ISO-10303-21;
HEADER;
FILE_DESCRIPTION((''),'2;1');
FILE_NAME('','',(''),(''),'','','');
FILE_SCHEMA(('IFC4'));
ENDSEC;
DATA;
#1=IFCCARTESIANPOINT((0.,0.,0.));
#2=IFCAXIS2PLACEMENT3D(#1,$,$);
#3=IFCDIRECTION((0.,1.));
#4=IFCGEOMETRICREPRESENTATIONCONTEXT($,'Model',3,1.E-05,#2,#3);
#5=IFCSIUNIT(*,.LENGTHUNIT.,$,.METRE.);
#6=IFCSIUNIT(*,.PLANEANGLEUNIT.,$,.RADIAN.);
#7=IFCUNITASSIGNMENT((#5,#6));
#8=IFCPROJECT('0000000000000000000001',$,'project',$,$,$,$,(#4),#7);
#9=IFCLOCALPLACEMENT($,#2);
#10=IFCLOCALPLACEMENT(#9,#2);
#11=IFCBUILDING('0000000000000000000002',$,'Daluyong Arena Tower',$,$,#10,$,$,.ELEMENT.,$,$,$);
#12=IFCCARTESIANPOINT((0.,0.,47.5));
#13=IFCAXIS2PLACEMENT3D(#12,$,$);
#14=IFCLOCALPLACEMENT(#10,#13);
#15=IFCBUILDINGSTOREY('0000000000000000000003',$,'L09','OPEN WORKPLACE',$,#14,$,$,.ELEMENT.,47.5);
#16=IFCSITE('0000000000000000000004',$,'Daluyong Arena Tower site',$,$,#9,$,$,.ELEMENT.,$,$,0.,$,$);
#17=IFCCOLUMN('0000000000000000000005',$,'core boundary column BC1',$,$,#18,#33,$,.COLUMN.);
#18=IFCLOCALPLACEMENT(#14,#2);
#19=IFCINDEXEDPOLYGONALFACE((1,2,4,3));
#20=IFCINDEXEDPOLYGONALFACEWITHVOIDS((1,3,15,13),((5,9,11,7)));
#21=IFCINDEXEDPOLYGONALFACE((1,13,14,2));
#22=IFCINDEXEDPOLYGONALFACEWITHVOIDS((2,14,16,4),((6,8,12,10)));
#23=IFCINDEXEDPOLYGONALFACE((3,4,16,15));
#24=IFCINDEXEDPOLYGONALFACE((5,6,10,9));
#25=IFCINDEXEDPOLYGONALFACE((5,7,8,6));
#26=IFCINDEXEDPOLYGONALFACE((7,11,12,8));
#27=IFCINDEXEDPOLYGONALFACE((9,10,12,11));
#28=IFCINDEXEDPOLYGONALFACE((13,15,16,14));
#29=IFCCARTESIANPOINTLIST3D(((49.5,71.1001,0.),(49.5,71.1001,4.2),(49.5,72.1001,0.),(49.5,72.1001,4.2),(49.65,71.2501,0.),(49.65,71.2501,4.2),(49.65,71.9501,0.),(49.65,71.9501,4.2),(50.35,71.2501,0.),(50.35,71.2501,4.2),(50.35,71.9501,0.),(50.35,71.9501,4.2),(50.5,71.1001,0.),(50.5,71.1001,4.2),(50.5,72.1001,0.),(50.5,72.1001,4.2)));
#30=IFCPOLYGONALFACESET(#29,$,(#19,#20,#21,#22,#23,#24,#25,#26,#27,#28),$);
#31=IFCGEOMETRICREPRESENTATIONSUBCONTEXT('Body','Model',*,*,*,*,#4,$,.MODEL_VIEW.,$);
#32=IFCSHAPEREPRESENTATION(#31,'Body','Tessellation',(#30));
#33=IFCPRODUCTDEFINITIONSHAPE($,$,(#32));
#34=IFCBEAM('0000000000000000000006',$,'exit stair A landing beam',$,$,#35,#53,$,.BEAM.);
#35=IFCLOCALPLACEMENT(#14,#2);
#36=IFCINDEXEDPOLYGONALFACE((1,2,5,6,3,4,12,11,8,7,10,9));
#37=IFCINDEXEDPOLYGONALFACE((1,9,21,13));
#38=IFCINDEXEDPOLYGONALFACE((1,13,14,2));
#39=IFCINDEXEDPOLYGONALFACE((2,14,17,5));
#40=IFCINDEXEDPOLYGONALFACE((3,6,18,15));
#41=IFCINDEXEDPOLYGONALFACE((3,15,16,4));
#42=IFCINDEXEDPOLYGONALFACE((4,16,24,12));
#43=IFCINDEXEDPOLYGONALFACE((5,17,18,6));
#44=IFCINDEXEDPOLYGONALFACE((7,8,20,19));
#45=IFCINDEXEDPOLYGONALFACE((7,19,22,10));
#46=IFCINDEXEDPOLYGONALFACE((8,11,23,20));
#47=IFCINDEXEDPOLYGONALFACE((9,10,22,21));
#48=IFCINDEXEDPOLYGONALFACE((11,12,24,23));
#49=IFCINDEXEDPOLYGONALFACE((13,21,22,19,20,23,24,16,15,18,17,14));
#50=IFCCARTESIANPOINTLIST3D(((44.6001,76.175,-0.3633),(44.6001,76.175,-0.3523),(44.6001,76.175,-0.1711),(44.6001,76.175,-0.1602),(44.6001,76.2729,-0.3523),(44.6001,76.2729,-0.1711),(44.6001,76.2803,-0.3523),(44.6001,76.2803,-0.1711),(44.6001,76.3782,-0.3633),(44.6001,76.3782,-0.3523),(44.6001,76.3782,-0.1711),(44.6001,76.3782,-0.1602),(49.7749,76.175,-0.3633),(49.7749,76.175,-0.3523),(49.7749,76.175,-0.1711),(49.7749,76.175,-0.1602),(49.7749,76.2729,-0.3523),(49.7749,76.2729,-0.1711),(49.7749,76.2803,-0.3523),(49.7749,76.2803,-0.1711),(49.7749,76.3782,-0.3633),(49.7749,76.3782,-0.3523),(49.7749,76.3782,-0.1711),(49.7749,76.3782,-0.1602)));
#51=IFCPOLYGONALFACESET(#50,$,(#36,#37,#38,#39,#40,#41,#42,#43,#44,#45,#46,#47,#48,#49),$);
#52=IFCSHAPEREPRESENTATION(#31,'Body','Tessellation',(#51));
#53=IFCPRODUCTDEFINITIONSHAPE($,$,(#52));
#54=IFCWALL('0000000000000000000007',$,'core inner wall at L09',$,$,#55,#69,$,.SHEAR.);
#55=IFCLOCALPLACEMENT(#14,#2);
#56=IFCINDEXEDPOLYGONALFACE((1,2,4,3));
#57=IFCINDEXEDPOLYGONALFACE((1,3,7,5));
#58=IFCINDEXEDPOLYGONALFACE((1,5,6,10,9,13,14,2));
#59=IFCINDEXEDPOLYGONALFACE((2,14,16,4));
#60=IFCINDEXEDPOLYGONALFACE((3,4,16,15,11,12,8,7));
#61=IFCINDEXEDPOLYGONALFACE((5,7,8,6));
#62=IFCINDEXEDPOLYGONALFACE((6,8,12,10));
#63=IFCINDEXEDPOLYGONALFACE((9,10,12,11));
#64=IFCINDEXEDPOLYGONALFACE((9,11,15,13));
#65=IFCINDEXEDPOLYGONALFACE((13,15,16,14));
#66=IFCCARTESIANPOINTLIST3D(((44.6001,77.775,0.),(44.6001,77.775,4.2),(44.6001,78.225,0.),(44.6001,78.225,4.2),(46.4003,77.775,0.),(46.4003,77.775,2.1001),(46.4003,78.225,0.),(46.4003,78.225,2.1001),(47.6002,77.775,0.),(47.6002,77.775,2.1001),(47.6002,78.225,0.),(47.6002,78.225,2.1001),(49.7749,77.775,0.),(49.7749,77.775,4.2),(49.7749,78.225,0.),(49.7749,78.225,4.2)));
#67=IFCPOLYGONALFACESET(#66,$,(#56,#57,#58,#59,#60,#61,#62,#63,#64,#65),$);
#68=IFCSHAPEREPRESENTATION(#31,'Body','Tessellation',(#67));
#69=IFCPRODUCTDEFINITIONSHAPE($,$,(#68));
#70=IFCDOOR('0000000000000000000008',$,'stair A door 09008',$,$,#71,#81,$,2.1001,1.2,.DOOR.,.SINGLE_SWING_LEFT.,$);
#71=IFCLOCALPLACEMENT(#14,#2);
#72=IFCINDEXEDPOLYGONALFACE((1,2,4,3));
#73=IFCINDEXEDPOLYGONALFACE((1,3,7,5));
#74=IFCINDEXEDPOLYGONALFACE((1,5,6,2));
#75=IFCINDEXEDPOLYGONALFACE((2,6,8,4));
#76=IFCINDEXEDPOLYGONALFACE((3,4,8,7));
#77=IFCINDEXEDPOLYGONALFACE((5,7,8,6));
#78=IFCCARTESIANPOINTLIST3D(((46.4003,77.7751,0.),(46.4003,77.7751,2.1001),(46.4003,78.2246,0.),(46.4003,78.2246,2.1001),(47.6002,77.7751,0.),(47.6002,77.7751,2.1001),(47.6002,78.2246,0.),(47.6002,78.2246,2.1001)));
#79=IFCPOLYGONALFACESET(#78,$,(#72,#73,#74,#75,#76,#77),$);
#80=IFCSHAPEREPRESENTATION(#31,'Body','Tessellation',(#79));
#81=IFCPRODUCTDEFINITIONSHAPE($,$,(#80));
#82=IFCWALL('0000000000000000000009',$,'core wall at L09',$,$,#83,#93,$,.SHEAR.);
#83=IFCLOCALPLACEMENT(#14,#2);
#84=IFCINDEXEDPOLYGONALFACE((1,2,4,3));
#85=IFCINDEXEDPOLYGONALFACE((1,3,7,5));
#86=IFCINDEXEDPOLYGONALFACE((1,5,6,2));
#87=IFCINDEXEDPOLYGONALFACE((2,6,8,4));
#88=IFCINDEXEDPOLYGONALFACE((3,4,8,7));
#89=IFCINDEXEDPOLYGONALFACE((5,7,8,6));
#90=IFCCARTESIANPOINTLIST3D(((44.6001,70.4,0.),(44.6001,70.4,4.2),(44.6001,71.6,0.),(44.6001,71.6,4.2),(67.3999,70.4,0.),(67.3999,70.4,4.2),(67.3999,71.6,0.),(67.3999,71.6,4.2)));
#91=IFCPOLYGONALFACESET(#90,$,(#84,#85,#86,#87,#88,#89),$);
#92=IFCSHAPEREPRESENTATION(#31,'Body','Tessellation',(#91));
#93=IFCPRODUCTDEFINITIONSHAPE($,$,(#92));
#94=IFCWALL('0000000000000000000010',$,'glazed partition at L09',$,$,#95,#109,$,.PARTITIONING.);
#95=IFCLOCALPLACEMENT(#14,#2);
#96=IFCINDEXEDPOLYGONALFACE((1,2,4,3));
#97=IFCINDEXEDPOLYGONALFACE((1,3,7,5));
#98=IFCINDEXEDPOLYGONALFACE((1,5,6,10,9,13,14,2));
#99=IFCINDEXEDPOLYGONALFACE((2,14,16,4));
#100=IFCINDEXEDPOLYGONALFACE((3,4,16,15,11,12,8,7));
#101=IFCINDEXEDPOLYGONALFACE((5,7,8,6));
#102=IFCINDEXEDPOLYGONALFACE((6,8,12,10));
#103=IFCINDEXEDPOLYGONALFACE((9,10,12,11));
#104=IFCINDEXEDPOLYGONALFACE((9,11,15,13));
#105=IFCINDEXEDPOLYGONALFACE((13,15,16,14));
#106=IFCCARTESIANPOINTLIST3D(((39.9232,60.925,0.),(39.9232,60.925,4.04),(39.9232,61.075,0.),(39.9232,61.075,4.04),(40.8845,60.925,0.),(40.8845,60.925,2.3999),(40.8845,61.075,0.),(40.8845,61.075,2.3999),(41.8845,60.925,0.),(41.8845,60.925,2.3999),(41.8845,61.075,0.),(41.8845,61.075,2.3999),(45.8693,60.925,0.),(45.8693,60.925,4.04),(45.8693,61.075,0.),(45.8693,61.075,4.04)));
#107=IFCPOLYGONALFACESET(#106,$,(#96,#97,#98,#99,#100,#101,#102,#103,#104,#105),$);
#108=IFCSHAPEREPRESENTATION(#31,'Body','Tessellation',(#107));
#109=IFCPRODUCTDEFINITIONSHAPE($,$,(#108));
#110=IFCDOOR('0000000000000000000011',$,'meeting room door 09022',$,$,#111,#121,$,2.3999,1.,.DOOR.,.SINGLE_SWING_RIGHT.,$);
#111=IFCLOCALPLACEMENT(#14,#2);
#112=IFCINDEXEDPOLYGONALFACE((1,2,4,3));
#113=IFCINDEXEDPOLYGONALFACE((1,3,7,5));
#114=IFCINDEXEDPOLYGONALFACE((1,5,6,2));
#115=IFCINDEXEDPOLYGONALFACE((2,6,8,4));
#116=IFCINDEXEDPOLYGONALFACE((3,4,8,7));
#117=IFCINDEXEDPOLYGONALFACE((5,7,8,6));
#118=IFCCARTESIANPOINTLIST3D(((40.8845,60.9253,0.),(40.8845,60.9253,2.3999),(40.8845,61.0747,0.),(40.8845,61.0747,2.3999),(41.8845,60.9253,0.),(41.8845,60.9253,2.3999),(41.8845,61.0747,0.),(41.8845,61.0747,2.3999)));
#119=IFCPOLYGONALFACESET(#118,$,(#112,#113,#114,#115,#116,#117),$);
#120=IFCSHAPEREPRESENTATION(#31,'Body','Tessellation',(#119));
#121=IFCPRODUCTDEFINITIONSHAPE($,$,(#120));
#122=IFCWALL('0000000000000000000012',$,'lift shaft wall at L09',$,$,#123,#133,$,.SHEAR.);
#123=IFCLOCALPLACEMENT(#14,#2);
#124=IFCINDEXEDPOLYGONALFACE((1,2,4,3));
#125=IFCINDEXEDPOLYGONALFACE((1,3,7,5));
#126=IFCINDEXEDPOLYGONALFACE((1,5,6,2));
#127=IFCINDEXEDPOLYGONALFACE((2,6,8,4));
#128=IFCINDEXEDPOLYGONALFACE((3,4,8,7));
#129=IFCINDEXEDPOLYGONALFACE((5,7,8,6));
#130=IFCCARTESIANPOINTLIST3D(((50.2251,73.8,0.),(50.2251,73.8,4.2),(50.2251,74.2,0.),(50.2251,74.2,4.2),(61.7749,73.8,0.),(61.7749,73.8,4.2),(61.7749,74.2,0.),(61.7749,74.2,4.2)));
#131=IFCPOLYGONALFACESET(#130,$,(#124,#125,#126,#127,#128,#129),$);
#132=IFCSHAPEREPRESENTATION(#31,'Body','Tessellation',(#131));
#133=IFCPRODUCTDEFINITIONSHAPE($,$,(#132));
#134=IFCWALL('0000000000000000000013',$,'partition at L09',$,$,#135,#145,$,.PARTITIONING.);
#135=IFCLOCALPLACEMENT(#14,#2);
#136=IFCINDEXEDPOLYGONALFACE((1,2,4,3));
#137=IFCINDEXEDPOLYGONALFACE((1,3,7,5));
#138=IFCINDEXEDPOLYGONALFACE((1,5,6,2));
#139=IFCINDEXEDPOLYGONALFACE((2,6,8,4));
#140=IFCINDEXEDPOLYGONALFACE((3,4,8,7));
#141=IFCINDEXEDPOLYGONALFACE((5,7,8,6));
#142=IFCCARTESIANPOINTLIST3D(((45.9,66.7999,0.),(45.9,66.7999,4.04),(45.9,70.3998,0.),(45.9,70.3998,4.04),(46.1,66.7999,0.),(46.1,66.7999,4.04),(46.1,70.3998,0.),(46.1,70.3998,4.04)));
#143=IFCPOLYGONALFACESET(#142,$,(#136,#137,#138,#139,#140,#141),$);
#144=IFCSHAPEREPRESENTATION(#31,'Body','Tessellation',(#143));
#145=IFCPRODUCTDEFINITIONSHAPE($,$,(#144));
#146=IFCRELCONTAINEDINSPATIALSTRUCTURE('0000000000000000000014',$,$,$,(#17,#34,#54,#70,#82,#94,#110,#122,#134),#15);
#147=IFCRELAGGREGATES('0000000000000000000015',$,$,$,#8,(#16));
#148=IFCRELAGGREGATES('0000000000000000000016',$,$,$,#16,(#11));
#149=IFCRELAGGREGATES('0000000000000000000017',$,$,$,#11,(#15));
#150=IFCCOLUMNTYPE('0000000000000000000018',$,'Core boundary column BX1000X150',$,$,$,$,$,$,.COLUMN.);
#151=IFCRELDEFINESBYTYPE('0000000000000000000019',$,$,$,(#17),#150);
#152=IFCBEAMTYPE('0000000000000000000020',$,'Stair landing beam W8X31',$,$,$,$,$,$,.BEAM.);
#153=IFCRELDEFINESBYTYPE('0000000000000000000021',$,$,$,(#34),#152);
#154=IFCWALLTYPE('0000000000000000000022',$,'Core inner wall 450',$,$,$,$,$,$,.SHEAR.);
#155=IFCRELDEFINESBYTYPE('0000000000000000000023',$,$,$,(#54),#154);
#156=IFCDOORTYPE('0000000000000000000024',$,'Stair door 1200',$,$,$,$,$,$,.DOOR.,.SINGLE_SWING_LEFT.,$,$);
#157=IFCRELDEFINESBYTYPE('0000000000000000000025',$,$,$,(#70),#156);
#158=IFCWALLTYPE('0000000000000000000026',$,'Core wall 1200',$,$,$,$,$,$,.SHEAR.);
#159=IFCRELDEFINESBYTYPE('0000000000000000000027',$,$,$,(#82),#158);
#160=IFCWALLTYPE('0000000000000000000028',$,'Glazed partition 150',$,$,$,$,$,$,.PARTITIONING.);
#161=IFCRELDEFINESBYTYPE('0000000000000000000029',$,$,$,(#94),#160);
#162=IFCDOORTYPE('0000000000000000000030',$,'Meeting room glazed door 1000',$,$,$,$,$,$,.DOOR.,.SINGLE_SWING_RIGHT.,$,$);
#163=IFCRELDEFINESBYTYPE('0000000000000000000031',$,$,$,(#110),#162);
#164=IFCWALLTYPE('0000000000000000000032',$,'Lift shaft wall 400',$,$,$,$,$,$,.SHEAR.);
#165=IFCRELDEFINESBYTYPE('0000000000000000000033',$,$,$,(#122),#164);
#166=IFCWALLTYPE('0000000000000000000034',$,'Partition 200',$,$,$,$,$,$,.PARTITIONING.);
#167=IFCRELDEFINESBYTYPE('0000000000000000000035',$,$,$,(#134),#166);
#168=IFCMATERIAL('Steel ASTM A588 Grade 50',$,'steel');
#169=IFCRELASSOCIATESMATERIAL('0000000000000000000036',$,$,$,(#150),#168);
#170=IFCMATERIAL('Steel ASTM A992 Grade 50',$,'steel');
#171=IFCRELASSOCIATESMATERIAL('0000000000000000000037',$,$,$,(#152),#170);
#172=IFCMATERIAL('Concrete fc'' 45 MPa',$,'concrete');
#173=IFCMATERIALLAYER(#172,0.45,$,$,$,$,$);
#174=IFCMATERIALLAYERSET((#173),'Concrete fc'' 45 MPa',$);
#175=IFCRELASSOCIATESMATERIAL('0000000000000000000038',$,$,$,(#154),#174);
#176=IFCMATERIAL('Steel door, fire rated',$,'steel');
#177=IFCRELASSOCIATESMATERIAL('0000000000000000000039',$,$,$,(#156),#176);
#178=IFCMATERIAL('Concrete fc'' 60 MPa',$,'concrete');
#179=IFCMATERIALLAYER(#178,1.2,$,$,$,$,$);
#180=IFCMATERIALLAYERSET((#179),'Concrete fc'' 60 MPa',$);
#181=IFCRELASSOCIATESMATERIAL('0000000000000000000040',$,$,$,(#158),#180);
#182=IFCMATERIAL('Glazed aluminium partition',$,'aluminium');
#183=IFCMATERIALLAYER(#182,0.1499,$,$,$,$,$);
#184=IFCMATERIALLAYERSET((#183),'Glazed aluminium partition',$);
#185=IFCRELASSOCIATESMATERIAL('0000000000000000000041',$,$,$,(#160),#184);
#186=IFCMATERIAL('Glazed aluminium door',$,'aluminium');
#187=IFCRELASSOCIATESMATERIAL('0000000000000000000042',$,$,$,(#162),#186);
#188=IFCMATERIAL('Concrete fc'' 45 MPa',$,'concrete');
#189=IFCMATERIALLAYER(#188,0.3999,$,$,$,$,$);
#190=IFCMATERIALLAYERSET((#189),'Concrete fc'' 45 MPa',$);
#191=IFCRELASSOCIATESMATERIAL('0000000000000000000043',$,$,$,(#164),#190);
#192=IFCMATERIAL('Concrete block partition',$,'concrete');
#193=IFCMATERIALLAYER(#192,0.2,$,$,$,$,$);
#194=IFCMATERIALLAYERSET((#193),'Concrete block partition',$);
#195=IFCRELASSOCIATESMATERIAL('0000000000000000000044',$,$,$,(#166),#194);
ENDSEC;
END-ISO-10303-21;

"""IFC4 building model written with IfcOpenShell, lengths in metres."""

from ifc_helpers import new_model, si_unit, direction, frame, frame_2d, origin, origin_2d, place, context, subcontext, project, spatial, rectangle, hollow_rectangle, i_section, extrude, material, layer, layer_set, material_profile, profile_set, type_object, element, fill, save


model = new_model("IFC4")

# Units and contexts
model_context = context("Model", 3, precision=1e-05, world=origin(), true_north=direction((0.0, 1.0)))
body_context = subcontext(model_context, "Body", "Model", "MODEL_VIEW")
ifc_project = project(units=[si_unit("LENGTHUNIT", "METRE"), si_unit("PLANEANGLEUNIT", "RADIAN")], contexts=[model_context])

# Site, building, storey
site_placement = place(None, origin())
site = spatial("IfcSite", under=ifc_project, at=site_placement, Name="Daluyong Arena Tower site", CompositionType="ELEMENT", RefElevation=0.0)
building_placement = place(site_placement, origin())
building = spatial("IfcBuilding", under=site, at=building_placement, Name="Daluyong Arena Tower", CompositionType="ELEMENT")
storey_placement = place(building_placement, frame((0.0, 0.0, 47.5)))
storey = spatial("IfcBuildingStorey", under=building, at=storey_placement, Name="L09", Description="OPEN WORKPLACE", CompositionType="ELEMENT", Elevation=47.5)

# Column
ifc_material_1 = material(Name="Steel ASTM A588 Grade 50", Category="steel")
ifc_material_profile_1 = material_profile(ifc_material_1, hollow_rectangle(XDim=1.0, YDim=1.0, WallThickness=0.15, at=origin_2d()))
ifc_profile_set_1 = profile_set([ifc_material_profile_1], Name="Steel ASTM A588 Grade 50")
column_type = type_object("IfcColumnType", Name="Core boundary column BX1000X150", PredefinedType="COLUMN", material=ifc_profile_set_1)
column_placement = place(storey_placement, frame((50.0, 71.6001, 0.0), z_axis=(0.0, 0.0, 1.0), x_axis=(1.0, 0.0, 0.0)))
element("IfcColumn", 1, at=column_placement, inside=storey, type_object=column_type, Name="core boundary column BC1", PredefinedType="COLUMN", context=body_context, shape_type="SweptSolid", body=[
    extrude(hollow_rectangle(XDim=1.0, YDim=1.0, WallThickness=0.15, at=origin_2d()), origin(), (0.0, 0.0, 1.0), 4.2),
])

# Beam
ifc_material_2 = material(Name="Steel ASTM A992 Grade 50", Category="steel")
ifc_material_profile_2 = material_profile(ifc_material_2, i_section(OverallWidth=0.2031, OverallDepth=0.2031, WebThickness=0.0073, FlangeThickness=0.011, at=origin_2d()))
ifc_profile_set_2 = profile_set([ifc_material_profile_2], Name="Steel ASTM A992 Grade 50")
beam_type = type_object("IfcBeamType", Name="Stair landing beam W8X31", PredefinedType="BEAM", material=ifc_profile_set_2)
beam_placement = place(storey_placement, frame((44.6001, 76.2766, -0.2617), z_axis=(1.0, 0.0, 0.0), x_axis=(0.0, 1.0, 0.0)))
element("IfcBeam", 2, at=beam_placement, inside=storey, type_object=beam_type, Name="exit stair A landing beam", PredefinedType="BEAM", context=body_context, shape_type="SweptSolid", body=[
    extrude(i_section(OverallWidth=0.2031, OverallDepth=0.2031, WebThickness=0.0073, FlangeThickness=0.011, at=origin_2d()), origin(), (0.0, 0.0, 1.0), 5.1748),
])

# Wall, opening, door
ifc_material_3 = material(Name="Concrete fc' 45 MPa", Category="concrete")
ifc_layer_1 = layer(ifc_material_3, 0.45)
ifc_layer_set_1 = layer_set([ifc_layer_1], Name="Concrete fc' 45 MPa")
wall_type_1 = type_object("IfcWallType", Name="Core inner wall 450", PredefinedType="SHEAR", material=ifc_layer_set_1)
wall_1_placement = place(storey_placement, frame((44.6001, 78.0, 0.0), z_axis=(0.0, 0.0, 1.0), x_axis=(1.0, 0.0, 0.0)))
wall_1 = element("IfcWall", 3, at=wall_1_placement, inside=storey, type_object=wall_type_1, Name="core inner wall at L09", PredefinedType="SHEAR", context=body_context, shape_type="SweptSolid", body=[
    extrude(rectangle(XDim=5.1748, YDim=0.45, at=frame_2d((2.5874, 0.0))), origin(), (0.0, 0.0, 1.0), 4.2),
])
opening_1_placement = place(wall_1_placement, frame((1.8, 0.0, 0.0)))
opening_1 = element("IfcOpeningElement", 4, at=opening_1_placement, cuts=wall_1, PredefinedType="OPENING", context=body_context, shape_type="SweptSolid", body=[
    extrude(rectangle(XDim=1.2, YDim=2.1001, at=frame_2d((0.6001, 1.05))), frame((0.0, 0.2349, 0.0), z_axis=(0.0, -1.0, 0.0), x_axis=(1.0, 0.0, 0.0)), (0.0, 0.0, 1.0), 0.47),
])
ifc_material_4 = material(Name="Steel door, fire rated", Category="steel")
door_type_1 = type_object("IfcDoorType", Name="Stair door 1200", OperationType="SINGLE_SWING_LEFT", PredefinedType="DOOR", material=ifc_material_4)
door_1_placement = place(opening_1_placement, origin())
door_1 = element("IfcDoor", 5, at=door_1_placement, inside=storey, type_object=door_type_1, Name="stair A door 09008", OperationType="SINGLE_SWING_LEFT", OverallHeight=2.1001, OverallWidth=1.2, PredefinedType="DOOR", context=body_context, shape_type="SweptSolid", body=[
    extrude(rectangle(XDim=1.2, YDim=2.1001, at=frame_2d((0.6001, 1.05))), frame((0.0, 0.2246, 0.0), z_axis=(0.0, -1.0, 0.0), x_axis=(1.0, 0.0, 0.0)), (0.0, 0.0, 1.0), 0.4495),
])
fill(opening_1, door_1)
ifc_material_5 = material(Name="Concrete fc' 60 MPa", Category="concrete")
ifc_layer_2 = layer(ifc_material_5, 1.2)
ifc_layer_set_2 = layer_set([ifc_layer_2], Name="Concrete fc' 60 MPa")
wall_type_2 = type_object("IfcWallType", Name="Core wall 1200", PredefinedType="SHEAR", material=ifc_layer_set_2)

# Wall
wall_2_placement = place(storey_placement, frame((44.6001, 71.0, 0.0), z_axis=(0.0, 0.0, 1.0), x_axis=(1.0, 0.0, 0.0)))
element("IfcWall", 6, at=wall_2_placement, inside=storey, type_object=wall_type_2, Name="core wall at L09", PredefinedType="SHEAR", context=body_context, shape_type="SweptSolid", body=[
    extrude(rectangle(XDim=22.7998, YDim=1.2, at=frame_2d((11.3999, 0.0))), origin(), (0.0, 0.0, 1.0), 4.2),
])

# Wall, opening, door
ifc_material_6 = material(Name="Glazed aluminium partition", Category="aluminium")
ifc_layer_3 = layer(ifc_material_6, 0.1499)
ifc_layer_set_3 = layer_set([ifc_layer_3], Name="Glazed aluminium partition")
wall_type_3 = type_object("IfcWallType", Name="Glazed partition 150", PredefinedType="PARTITIONING", material=ifc_layer_set_3)
wall_3_placement = place(storey_placement, frame((39.9231, 61.0, 0.0), z_axis=(0.0, 0.0, 1.0), x_axis=(1.0, 0.0, 0.0)))
wall_3 = element("IfcWall", 7, at=wall_3_placement, inside=storey, type_object=wall_type_3, Name="glazed partition at L09", PredefinedType="PARTITIONING", context=body_context, shape_type="SweptSolid", body=[
    extrude(rectangle(XDim=5.946, YDim=0.1499, at=frame_2d((2.9731, 0.0))), origin(), (0.0, 0.0, 1.0), 4.04),
])
opening_2_placement = place(wall_3_placement, frame((0.9614, 0.0, 0.0)))
opening_2 = element("IfcOpeningElement", 8, at=opening_2_placement, cuts=wall_3, PredefinedType="OPENING", context=body_context, shape_type="SweptSolid", body=[
    extrude(rectangle(XDim=1.0, YDim=2.3999, at=frame_2d((0.5, 1.2))), frame((0.0, 0.085, 0.0), z_axis=(0.0, -1.0, 0.0), x_axis=(1.0, 0.0, 0.0)), (0.0, 0.0, 1.0), 0.1699),
])
ifc_material_7 = material(Name="Glazed aluminium door", Category="aluminium")
door_type_2 = type_object("IfcDoorType", Name="Meeting room glazed door 1000", OperationType="SINGLE_SWING_RIGHT", PredefinedType="DOOR", material=ifc_material_7)
door_2_placement = place(opening_2_placement, origin())
door_2 = element("IfcDoor", 9, at=door_2_placement, inside=storey, type_object=door_type_2, Name="meeting room door 09022", OperationType="SINGLE_SWING_RIGHT", OverallHeight=2.3999, OverallWidth=1.0, PredefinedType="DOOR", context=body_context, shape_type="SweptSolid", body=[
    extrude(rectangle(XDim=1.0, YDim=2.3999, at=frame_2d((0.5, 1.2))), frame((0.0, 0.0747, 0.0), z_axis=(0.0, -1.0, 0.0), x_axis=(1.0, 0.0, 0.0)), (0.0, 0.0, 1.0), 0.1494),
])
fill(opening_2, door_2)

# Walls
ifc_material_8 = material(Name="Concrete fc' 45 MPa", Category="concrete")
ifc_layer_4 = layer(ifc_material_8, 0.3999)
ifc_layer_set_4 = layer_set([ifc_layer_4], Name="Concrete fc' 45 MPa")
wall_type_4 = type_object("IfcWallType", Name="Lift shaft wall 400", PredefinedType="SHEAR", material=ifc_layer_set_4)
wall_4_placement = place(storey_placement, frame((50.2251, 74.0, 0.0), z_axis=(0.0, 0.0, 1.0), x_axis=(1.0, 0.0, 0.0)))
element("IfcWall", 10, at=wall_4_placement, inside=storey, type_object=wall_type_4, Name="lift shaft wall at L09", PredefinedType="SHEAR", context=body_context, shape_type="SweptSolid", body=[
    extrude(rectangle(XDim=11.5498, YDim=0.3999, at=frame_2d((5.7749, 0.0))), origin(), (0.0, 0.0, 1.0), 4.2),
])
ifc_material_9 = material(Name="Concrete block partition", Category="concrete")
ifc_layer_5 = layer(ifc_material_9, 0.2)
ifc_layer_set_5 = layer_set([ifc_layer_5], Name="Concrete block partition")
wall_type_5 = type_object("IfcWallType", Name="Partition 200", PredefinedType="PARTITIONING", material=ifc_layer_set_5)
wall_5_placement = place(storey_placement, frame((46.0, 66.8, 0.0), z_axis=(0.0, 0.0, 1.0), x_axis=(0.0, 1.0, 0.0)))
element("IfcWall", 11, at=wall_5_placement, inside=storey, type_object=wall_type_5, Name="partition at L09", PredefinedType="PARTITIONING", context=body_context, shape_type="SweptSolid", body=[
    extrude(rectangle(XDim=3.5999, YDim=0.2, at=frame_2d((1.7998, 0.0))), origin(), (0.0, 0.0, 1.0), 4.04),
])

save(model, "model.ifc")
